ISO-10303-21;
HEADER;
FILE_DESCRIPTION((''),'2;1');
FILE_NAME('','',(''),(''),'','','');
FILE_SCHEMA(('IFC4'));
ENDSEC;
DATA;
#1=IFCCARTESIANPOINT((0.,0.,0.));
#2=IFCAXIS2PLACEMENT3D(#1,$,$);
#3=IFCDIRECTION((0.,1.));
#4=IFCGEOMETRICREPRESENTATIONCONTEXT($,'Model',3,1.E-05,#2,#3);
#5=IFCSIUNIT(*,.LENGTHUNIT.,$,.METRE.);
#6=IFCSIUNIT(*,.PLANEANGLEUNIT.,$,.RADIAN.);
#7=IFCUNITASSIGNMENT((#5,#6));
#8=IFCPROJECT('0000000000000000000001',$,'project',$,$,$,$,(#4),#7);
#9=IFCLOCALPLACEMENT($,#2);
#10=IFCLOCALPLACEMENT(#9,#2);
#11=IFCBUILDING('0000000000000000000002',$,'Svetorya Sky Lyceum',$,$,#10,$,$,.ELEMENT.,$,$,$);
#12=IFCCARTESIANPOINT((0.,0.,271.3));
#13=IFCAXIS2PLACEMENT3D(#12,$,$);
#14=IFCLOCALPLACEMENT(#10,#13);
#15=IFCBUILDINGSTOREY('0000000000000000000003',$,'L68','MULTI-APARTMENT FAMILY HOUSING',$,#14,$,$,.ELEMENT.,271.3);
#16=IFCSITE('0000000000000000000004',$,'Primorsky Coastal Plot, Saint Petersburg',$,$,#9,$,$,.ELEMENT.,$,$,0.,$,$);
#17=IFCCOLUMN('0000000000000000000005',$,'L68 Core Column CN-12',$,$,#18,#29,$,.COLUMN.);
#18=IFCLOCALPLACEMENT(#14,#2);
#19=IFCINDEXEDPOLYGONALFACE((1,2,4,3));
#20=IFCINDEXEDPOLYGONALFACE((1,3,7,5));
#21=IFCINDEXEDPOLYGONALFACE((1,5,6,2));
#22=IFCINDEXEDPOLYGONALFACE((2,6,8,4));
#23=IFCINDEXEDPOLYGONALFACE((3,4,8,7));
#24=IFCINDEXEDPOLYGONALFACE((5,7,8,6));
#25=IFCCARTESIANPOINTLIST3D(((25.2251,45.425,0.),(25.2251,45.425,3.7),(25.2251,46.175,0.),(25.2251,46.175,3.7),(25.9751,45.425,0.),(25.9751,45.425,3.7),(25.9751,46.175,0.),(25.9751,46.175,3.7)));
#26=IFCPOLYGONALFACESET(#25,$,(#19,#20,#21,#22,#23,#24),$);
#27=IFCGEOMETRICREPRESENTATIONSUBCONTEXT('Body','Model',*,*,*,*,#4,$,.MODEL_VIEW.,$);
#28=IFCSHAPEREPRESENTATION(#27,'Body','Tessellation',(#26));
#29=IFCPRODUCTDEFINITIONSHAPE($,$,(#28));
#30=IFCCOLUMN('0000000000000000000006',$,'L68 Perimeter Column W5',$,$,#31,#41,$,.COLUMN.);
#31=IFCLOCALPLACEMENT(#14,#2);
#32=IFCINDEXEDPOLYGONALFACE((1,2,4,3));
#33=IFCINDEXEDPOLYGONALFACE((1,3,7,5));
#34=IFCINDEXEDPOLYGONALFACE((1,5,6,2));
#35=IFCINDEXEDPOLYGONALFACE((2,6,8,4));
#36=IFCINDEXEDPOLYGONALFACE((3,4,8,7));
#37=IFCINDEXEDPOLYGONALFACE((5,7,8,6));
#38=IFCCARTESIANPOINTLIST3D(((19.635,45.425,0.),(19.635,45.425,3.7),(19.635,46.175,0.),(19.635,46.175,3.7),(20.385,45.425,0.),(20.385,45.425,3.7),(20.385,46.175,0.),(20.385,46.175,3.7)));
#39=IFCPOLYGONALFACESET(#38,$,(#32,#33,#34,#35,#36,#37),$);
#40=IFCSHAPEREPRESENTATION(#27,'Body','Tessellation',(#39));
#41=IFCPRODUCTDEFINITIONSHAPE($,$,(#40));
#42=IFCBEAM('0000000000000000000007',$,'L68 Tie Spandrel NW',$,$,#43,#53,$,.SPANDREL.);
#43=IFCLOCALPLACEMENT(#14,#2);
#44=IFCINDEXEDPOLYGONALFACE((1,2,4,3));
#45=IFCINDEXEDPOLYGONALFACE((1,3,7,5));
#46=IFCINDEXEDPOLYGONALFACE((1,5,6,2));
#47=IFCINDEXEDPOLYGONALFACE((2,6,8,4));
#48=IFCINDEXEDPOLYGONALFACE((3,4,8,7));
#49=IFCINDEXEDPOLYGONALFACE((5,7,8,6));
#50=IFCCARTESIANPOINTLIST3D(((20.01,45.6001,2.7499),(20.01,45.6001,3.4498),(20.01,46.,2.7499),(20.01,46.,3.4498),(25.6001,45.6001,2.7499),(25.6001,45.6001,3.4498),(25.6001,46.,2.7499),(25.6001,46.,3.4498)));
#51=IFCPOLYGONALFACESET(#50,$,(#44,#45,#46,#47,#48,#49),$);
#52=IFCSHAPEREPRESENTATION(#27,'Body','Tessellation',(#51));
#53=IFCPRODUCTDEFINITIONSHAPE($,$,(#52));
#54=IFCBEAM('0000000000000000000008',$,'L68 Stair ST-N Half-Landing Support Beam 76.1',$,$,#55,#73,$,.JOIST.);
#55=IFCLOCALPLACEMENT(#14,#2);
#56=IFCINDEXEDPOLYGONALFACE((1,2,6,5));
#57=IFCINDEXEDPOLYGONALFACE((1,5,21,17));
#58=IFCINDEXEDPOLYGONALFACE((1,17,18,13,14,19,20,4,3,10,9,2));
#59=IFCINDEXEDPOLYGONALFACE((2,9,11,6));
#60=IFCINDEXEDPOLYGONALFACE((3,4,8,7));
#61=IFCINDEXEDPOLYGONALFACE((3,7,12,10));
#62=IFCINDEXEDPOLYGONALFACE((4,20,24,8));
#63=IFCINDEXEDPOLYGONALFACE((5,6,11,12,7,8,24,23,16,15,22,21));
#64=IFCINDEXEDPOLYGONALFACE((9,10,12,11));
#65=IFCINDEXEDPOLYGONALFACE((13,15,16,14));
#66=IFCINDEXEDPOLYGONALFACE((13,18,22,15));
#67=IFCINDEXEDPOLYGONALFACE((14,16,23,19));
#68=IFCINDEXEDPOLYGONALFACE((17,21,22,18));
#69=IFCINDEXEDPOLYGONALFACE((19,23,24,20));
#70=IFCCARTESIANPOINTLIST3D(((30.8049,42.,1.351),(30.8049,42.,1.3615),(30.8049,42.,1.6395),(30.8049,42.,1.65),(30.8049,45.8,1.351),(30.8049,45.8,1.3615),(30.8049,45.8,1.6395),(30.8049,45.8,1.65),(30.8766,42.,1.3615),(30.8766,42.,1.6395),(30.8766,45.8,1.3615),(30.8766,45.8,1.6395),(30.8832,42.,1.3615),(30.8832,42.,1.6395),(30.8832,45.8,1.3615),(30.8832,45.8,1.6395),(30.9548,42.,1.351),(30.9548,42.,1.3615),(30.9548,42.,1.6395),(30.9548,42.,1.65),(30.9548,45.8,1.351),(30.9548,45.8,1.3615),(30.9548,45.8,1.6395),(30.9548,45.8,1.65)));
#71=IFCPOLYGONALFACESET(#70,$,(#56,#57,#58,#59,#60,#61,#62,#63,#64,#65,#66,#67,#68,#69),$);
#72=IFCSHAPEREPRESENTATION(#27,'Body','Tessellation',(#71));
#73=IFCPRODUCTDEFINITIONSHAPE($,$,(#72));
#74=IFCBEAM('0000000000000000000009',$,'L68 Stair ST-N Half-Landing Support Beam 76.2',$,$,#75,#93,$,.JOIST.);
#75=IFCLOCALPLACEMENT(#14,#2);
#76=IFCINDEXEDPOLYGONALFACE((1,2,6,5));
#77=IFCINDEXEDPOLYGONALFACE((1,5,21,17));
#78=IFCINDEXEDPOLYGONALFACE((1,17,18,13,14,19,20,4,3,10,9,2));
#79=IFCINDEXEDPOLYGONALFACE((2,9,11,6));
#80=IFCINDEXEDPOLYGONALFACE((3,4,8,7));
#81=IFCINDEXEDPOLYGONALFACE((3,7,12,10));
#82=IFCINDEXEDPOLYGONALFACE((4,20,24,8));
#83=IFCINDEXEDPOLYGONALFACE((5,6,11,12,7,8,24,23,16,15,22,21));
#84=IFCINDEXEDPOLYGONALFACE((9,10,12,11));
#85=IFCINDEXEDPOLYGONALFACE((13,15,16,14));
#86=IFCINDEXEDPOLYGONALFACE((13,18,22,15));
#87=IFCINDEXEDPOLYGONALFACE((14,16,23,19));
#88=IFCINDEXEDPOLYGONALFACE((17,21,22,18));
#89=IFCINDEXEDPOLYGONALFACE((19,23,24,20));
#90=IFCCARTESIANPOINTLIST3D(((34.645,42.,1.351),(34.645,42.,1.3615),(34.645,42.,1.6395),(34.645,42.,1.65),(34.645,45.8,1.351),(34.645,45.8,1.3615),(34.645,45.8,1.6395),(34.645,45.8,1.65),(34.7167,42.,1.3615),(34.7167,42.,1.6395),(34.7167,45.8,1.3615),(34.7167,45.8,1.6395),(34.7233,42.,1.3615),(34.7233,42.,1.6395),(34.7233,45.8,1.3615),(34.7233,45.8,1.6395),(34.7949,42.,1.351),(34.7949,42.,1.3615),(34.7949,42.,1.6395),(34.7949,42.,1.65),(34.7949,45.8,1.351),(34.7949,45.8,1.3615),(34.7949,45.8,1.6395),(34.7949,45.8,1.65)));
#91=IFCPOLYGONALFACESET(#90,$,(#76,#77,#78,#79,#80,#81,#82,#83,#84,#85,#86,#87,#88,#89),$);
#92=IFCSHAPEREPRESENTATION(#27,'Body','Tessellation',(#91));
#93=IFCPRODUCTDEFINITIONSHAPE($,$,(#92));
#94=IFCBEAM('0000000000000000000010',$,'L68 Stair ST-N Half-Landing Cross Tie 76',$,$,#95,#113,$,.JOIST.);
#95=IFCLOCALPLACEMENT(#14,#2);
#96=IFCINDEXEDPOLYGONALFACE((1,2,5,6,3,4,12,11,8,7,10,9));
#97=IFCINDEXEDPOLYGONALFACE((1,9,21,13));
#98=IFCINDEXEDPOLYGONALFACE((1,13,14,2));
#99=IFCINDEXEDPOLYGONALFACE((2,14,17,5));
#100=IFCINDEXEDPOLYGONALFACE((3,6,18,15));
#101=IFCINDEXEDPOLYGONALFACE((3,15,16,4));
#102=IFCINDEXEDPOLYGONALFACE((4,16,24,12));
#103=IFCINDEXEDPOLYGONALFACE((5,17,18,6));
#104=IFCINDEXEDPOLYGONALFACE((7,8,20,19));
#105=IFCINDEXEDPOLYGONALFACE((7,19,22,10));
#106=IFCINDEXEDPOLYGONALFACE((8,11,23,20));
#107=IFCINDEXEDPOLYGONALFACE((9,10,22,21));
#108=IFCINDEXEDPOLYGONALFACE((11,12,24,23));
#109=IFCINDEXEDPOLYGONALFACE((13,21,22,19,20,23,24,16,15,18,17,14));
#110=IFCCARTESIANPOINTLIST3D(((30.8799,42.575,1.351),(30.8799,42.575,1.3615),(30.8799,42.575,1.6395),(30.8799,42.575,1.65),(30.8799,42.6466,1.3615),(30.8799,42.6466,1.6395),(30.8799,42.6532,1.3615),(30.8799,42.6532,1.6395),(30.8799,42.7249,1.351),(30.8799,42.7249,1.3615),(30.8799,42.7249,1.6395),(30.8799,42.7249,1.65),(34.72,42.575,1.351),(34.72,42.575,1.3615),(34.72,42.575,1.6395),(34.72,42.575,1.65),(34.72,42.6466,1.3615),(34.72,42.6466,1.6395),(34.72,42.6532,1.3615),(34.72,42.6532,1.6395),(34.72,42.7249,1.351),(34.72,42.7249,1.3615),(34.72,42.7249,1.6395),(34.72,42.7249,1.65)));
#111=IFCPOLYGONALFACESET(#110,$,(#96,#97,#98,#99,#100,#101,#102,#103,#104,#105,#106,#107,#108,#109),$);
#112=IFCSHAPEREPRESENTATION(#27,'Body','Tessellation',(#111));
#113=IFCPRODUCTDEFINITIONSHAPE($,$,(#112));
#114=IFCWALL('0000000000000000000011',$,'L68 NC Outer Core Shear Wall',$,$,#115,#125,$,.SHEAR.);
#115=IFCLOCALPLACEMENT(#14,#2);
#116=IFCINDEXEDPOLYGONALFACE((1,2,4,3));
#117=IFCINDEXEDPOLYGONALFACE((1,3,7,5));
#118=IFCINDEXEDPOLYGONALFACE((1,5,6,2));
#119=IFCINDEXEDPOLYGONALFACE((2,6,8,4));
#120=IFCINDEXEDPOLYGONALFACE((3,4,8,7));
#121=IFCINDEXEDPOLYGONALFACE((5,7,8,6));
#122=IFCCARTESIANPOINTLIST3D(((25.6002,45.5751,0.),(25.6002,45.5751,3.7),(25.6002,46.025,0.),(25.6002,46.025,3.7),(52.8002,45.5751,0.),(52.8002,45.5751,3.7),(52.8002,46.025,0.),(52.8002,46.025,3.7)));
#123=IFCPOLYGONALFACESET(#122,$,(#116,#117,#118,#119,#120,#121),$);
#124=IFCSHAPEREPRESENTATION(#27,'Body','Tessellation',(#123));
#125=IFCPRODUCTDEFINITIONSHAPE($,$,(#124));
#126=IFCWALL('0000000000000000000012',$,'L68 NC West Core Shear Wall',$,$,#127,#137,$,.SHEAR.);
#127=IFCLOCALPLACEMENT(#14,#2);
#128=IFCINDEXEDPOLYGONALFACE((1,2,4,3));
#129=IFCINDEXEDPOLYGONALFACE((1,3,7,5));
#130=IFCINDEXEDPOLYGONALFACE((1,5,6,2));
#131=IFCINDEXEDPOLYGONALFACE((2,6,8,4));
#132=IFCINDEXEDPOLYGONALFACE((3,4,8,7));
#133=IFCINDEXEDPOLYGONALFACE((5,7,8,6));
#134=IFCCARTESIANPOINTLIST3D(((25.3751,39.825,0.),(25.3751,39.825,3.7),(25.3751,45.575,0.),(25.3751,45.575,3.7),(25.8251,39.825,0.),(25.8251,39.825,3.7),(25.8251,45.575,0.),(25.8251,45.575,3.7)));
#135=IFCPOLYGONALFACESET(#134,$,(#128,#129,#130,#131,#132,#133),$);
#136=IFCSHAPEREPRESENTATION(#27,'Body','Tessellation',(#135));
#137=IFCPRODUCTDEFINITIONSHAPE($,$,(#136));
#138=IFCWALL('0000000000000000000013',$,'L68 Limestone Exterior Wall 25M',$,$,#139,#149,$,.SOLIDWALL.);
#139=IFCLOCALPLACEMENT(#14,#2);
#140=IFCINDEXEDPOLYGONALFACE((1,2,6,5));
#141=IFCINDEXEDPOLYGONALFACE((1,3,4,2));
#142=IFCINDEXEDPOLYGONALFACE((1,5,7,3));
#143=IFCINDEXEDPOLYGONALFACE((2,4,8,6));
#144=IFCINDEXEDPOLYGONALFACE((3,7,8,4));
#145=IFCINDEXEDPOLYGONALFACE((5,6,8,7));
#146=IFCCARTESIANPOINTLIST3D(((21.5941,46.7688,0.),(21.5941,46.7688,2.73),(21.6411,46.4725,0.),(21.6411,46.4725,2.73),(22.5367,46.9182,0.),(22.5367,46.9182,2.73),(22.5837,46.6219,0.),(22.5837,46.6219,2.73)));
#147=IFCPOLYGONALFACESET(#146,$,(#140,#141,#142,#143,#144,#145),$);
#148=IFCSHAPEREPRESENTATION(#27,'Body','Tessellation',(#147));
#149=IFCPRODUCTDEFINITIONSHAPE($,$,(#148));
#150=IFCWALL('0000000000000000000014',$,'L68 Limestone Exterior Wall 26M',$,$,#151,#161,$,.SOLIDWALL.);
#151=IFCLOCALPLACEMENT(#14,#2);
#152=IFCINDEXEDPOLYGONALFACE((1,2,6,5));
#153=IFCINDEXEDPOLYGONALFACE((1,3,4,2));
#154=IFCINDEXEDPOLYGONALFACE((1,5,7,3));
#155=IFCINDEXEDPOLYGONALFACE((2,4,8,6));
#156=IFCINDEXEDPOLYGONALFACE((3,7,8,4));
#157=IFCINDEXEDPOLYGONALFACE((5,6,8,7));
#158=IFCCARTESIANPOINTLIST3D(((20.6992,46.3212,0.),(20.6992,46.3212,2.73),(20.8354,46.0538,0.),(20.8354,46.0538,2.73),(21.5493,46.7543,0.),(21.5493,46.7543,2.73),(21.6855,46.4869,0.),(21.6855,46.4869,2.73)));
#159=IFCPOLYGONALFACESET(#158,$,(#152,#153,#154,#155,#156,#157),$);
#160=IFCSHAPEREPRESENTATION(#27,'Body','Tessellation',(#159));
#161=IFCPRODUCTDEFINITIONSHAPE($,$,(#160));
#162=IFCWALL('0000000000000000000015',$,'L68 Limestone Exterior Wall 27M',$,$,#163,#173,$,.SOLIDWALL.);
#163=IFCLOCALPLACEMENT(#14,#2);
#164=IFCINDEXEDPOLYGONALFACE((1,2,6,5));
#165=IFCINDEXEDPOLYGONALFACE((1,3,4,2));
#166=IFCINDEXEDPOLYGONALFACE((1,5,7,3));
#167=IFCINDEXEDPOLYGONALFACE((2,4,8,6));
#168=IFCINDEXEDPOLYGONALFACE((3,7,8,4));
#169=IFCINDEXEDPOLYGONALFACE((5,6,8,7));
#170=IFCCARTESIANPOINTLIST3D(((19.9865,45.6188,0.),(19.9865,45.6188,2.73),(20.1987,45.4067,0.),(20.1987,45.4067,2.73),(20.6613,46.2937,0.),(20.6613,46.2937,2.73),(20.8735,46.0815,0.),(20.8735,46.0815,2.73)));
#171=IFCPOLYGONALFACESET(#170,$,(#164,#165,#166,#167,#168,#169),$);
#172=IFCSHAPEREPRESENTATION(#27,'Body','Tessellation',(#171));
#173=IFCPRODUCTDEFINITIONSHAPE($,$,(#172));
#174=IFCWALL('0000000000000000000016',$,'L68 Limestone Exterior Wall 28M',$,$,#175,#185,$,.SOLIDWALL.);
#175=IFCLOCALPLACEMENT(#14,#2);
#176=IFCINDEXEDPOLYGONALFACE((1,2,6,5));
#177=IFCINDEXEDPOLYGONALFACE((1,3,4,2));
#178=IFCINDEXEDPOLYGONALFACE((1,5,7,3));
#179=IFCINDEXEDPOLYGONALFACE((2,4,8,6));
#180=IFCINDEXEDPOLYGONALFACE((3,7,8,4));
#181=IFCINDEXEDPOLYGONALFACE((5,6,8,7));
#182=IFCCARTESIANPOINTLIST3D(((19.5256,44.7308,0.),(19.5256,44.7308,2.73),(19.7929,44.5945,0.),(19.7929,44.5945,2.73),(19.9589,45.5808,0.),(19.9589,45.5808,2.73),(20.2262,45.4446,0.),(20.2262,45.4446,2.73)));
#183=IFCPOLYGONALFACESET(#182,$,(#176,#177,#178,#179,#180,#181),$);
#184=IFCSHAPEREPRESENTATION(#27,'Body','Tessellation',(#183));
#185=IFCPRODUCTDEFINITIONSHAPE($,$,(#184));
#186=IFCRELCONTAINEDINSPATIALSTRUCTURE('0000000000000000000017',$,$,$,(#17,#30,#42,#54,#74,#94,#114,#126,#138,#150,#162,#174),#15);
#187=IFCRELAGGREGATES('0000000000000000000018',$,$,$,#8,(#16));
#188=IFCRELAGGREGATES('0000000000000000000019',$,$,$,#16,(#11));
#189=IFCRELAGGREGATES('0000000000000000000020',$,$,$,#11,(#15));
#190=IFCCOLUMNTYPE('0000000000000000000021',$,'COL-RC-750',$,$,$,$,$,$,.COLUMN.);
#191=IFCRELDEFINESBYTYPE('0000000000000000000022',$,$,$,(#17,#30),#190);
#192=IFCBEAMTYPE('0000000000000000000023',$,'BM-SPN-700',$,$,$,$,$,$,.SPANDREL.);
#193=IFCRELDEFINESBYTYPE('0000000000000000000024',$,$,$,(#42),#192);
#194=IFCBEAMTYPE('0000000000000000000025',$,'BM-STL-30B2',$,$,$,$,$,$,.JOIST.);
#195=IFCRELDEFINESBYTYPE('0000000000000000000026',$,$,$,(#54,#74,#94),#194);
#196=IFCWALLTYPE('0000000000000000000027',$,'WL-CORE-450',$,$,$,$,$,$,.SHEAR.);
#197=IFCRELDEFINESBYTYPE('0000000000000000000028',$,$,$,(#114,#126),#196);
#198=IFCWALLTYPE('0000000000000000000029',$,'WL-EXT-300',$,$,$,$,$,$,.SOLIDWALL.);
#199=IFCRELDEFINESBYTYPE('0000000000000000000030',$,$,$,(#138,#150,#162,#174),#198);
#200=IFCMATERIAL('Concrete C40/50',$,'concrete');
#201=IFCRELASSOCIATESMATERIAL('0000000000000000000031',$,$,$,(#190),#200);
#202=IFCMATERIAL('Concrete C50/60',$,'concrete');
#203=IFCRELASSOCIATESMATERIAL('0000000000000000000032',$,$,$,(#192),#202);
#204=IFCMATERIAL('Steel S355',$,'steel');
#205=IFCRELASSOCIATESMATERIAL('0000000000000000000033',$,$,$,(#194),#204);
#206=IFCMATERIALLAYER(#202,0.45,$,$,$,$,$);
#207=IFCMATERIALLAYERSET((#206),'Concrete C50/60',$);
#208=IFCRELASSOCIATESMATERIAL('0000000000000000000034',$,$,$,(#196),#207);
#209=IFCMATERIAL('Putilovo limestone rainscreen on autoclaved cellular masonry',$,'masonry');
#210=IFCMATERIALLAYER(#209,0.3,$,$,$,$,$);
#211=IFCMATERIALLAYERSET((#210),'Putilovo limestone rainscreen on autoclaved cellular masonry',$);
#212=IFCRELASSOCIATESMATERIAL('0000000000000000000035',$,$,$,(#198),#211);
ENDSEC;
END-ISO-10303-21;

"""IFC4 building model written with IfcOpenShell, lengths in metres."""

from ifc_helpers import new_model, si_unit, direction, frame, frame_2d, origin, origin_2d, place, context, subcontext, project, spatial, rectangle, i_section, extrude, material, layer, layer_set, material_profile, profile_set, type_object, element, save


model = new_model("IFC4")

# Units and contexts
model_context = context("Model", 3, precision=1e-05, world=origin(), true_north=direction((0.0, 1.0)))
body_context = subcontext(model_context, "Body", "Model", "MODEL_VIEW")
ifc_project = project(units=[si_unit("LENGTHUNIT", "METRE"), si_unit("PLANEANGLEUNIT", "RADIAN")], contexts=[model_context])

# Site, building, storey
site_placement = place(None, origin())
site = spatial("IfcSite", under=ifc_project, at=site_placement, Name="Primorsky Coastal Plot, Saint Petersburg", CompositionType="ELEMENT", RefElevation=0.0)
building_placement = place(site_placement, origin())
building = spatial("IfcBuilding", under=site, at=building_placement, Name="Svetorya Sky Lyceum", CompositionType="ELEMENT")
storey_placement = place(building_placement, frame((0.0, 0.0, 271.3)))
storey = spatial("IfcBuildingStorey", under=building, at=storey_placement, Name="L68", Description="MULTI-APARTMENT FAMILY HOUSING", CompositionType="ELEMENT", Elevation=271.3)

# Columns
ifc_material_1 = material(Name="Concrete C40/50", Category="concrete")
ifc_material_profile_1 = material_profile(ifc_material_1, rectangle(XDim=0.75, YDim=0.75, at=origin_2d()), Name="RC COL 750x750")
ifc_profile_set_1 = profile_set([ifc_material_profile_1], Name="Concrete C40/50")
column_type = type_object("IfcColumnType", Name="COL-RC-750", PredefinedType="COLUMN", material=ifc_profile_set_1)
for number, where, z_axis, x_axis, name in (
    (1, (25.6001, 45.8, 0.0), (0.0, 0.0, 1.0), (1.0, 0.0, 0.0), "L68 Core Column CN-12"),
    (2, (20.01, 45.8, 0.0), (0.0, 0.0, 1.0), (1.0, 0.0, 0.0), "L68 Perimeter Column W5"),
):
    element("IfcColumn", number, at=place(storey_placement, frame(where, z_axis=z_axis, x_axis=x_axis)), inside=storey, type_object=column_type, Name=name, PredefinedType="COLUMN", context=body_context, shape_type="SweptSolid", body=[
        extrude(rectangle(XDim=0.75, YDim=0.75, at=origin_2d()), origin(), (0.0, 0.0, 1.0), 3.7),
    ])

# Beams
ifc_material_2 = material(Name="Concrete C50/60", Category="concrete")
ifc_material_profile_2 = material_profile(ifc_material_2, rectangle(XDim=0.3999, YDim=0.7, at=origin_2d()), Name="RC SPANDREL 400x700")
ifc_profile_set_2 = profile_set([ifc_material_profile_2], Name="Concrete C50/60")
beam_type_1 = type_object("IfcBeamType", Name="BM-SPN-700", PredefinedType="SPANDREL", material=ifc_profile_set_2)
beam_1_placement = place(storey_placement, frame((20.01, 45.8, 3.0999), z_axis=(1.0, 0.0, 0.0), x_axis=(0.0, 1.0, 0.0)))
element("IfcBeam", 3, at=beam_1_placement, inside=storey, type_object=beam_type_1, Name="L68 Tie Spandrel NW", PredefinedType="SPANDREL", context=body_context, shape_type="SweptSolid", body=[
    extrude(rectangle(XDim=0.3999, YDim=0.7, at=origin_2d()), origin(), (0.0, 0.0, 1.0), 5.5901),
])
ifc_material_3 = material(Name="Steel S355", Category="steel")
ifc_material_profile_3 = material_profile(ifc_material_3, i_section(OverallWidth=0.1499, OverallDepth=0.2991, WebThickness=0.0066, FlangeThickness=0.0105, at=origin_2d()), Name="GOST 30B2")
ifc_profile_set_3 = profile_set([ifc_material_profile_3], Name="Steel S355")
beam_type_2 = type_object("IfcBeamType", Name="BM-STL-30B2", PredefinedType="JOIST", material=ifc_profile_set_3)
for number, where, z_axis, x_axis, name in (
    (4, (30.8799, 42.0, 1.5005), (0.0, 1.0, 0.0), (-1.0, 0.0, 0.0), "L68 Stair ST-N Half-Landing Support Beam 76.1"),
    (5, (34.72, 42.0, 1.5005), (0.0, 1.0, 0.0), (-1.0, 0.0, 0.0), "L68 Stair ST-N Half-Landing Support Beam 76.2"),
):
    element("IfcBeam", number, at=place(storey_placement, frame(where, z_axis=z_axis, x_axis=x_axis)), inside=storey, type_object=beam_type_2, Name=name, PredefinedType="JOIST", context=body_context, shape_type="SweptSolid", body=[
        extrude(i_section(OverallWidth=0.1499, OverallDepth=0.2991, WebThickness=0.0066, FlangeThickness=0.0105, at=origin_2d()), origin(), (0.0, 0.0, 1.0), 3.8),
    ])
beam_2_placement = place(storey_placement, frame((30.8799, 42.6499, 1.5005), z_axis=(1.0, 0.0, 0.0), x_axis=(0.0, 1.0, 0.0)))
element("IfcBeam", 6, at=beam_2_placement, inside=storey, type_object=beam_type_2, Name="L68 Stair ST-N Half-Landing Cross Tie 76", PredefinedType="JOIST", context=body_context, shape_type="SweptSolid", body=[
    extrude(i_section(OverallWidth=0.1499, OverallDepth=0.2991, WebThickness=0.0066, FlangeThickness=0.0105, at=origin_2d()), origin(), (0.0, 0.0, 1.0), 3.8401),
])

# Walls
ifc_layer_1 = layer(ifc_material_2, 0.45)
ifc_layer_set_1 = layer_set([ifc_layer_1], Name="Concrete C50/60")
wall_type_1 = type_object("IfcWallType", Name="WL-CORE-450", PredefinedType="SHEAR", material=ifc_layer_set_1)
wall_1_placement = place(storey_placement, frame((25.6001, 45.8, 0.0), z_axis=(0.0, 0.0, 1.0), x_axis=(1.0, 0.0, 0.0)))
element("IfcWall", 7, at=wall_1_placement, inside=storey, type_object=wall_type_1, Name="L68 NC Outer Core Shear Wall", PredefinedType="SHEAR", context=body_context, shape_type="SweptSolid", body=[
    extrude(rectangle(XDim=27.2, YDim=0.45, at=frame_2d((13.6001, 0.0))), origin(), (0.0, 0.0, 1.0), 3.7),
])
wall_2_placement = place(storey_placement, frame((25.6001, 39.825, 0.0), z_axis=(0.0, 0.0, 1.0), x_axis=(0.0, 1.0, 0.0)))
element("IfcWall", 8, at=wall_2_placement, inside=storey, type_object=wall_type_1, Name="L68 NC West Core Shear Wall", PredefinedType="SHEAR", context=body_context, shape_type="SweptSolid", body=[
    extrude(rectangle(XDim=5.75, YDim=0.45, at=frame_2d((2.875, 0.0))), origin(), (0.0, 0.0, 1.0), 3.7),
])
ifc_material_4 = material(Name="Putilovo limestone rainscreen on autoclaved cellular masonry", Category="masonry")
ifc_layer_2 = layer(ifc_material_4, 0.3)
ifc_layer_set_2 = layer_set([ifc_layer_2], Name="Putilovo limestone rainscreen on autoclaved cellular masonry")
wall_type_2 = type_object("IfcWallType", Name="WL-EXT-300", PredefinedType="SOLIDWALL", material=ifc_layer_set_2)
wall_3_placement = place(storey_placement, frame((22.5601, 46.77, 0.0), z_axis=(0.0, 0.0, 1.0), x_axis=(-0.987669, -0.156554, 0.0)))
element("IfcWall", 9, at=wall_3_placement, inside=storey, type_object=wall_type_2, Name="L68 Limestone Exterior Wall 25M", PredefinedType="SOLIDWALL", context=body_context, shape_type="SweptSolid", body=[
    extrude(rectangle(XDim=0.9543, YDim=0.3, at=frame_2d((0.4771, 0.0))), origin(), (0.0, 0.0, 1.0), 2.73),
])
wall_4_placement = place(storey_placement, frame((21.6174, 46.6206, 0.0), z_axis=(0.0, 0.0, 1.0), x_axis=(-0.891024, -0.453956, 0.0)))
element("IfcWall", 10, at=wall_4_placement, inside=storey, type_object=wall_type_2, Name="L68 Limestone Exterior Wall 26M", PredefinedType="SOLIDWALL", context=body_context, shape_type="SweptSolid", body=[
    extrude(rectangle(XDim=0.9541, YDim=0.3, at=frame_2d((0.4771, 0.0))), origin(), (0.0, 0.0, 1.0), 2.73),
])
wall_5_placement = place(storey_placement, frame((20.7673, 46.1875, 0.0), z_axis=(0.0, 0.0, 1.0), x_axis=(-0.707107, -0.707107, 0.0)))
element("IfcWall", 11, at=wall_5_placement, inside=storey, type_object=wall_type_2, Name="L68 Limestone Exterior Wall 27M", PredefinedType="SOLIDWALL", context=body_context, shape_type="SweptSolid", body=[
    extrude(rectangle(XDim=0.9543, YDim=0.3, at=frame_2d((0.4771, 0.0))), origin(), (0.0, 0.0, 1.0), 2.73),
])
wall_6_placement = place(storey_placement, frame((20.0925, 45.5127, 0.0), z_axis=(0.0, 0.0, 1.0), x_axis=(-0.45416, -0.89092, 0.0)))
element("IfcWall", 12, at=wall_6_placement, inside=storey, type_object=wall_type_2, Name="L68 Limestone Exterior Wall 28M", PredefinedType="SOLIDWALL", context=body_context, shape_type="SweptSolid", body=[
    extrude(rectangle(XDim=0.9541, YDim=0.3, at=frame_2d((0.4771, 0.0))), origin(), (0.0, 0.0, 1.0), 2.73),
])

save(model, "model.ifc")
